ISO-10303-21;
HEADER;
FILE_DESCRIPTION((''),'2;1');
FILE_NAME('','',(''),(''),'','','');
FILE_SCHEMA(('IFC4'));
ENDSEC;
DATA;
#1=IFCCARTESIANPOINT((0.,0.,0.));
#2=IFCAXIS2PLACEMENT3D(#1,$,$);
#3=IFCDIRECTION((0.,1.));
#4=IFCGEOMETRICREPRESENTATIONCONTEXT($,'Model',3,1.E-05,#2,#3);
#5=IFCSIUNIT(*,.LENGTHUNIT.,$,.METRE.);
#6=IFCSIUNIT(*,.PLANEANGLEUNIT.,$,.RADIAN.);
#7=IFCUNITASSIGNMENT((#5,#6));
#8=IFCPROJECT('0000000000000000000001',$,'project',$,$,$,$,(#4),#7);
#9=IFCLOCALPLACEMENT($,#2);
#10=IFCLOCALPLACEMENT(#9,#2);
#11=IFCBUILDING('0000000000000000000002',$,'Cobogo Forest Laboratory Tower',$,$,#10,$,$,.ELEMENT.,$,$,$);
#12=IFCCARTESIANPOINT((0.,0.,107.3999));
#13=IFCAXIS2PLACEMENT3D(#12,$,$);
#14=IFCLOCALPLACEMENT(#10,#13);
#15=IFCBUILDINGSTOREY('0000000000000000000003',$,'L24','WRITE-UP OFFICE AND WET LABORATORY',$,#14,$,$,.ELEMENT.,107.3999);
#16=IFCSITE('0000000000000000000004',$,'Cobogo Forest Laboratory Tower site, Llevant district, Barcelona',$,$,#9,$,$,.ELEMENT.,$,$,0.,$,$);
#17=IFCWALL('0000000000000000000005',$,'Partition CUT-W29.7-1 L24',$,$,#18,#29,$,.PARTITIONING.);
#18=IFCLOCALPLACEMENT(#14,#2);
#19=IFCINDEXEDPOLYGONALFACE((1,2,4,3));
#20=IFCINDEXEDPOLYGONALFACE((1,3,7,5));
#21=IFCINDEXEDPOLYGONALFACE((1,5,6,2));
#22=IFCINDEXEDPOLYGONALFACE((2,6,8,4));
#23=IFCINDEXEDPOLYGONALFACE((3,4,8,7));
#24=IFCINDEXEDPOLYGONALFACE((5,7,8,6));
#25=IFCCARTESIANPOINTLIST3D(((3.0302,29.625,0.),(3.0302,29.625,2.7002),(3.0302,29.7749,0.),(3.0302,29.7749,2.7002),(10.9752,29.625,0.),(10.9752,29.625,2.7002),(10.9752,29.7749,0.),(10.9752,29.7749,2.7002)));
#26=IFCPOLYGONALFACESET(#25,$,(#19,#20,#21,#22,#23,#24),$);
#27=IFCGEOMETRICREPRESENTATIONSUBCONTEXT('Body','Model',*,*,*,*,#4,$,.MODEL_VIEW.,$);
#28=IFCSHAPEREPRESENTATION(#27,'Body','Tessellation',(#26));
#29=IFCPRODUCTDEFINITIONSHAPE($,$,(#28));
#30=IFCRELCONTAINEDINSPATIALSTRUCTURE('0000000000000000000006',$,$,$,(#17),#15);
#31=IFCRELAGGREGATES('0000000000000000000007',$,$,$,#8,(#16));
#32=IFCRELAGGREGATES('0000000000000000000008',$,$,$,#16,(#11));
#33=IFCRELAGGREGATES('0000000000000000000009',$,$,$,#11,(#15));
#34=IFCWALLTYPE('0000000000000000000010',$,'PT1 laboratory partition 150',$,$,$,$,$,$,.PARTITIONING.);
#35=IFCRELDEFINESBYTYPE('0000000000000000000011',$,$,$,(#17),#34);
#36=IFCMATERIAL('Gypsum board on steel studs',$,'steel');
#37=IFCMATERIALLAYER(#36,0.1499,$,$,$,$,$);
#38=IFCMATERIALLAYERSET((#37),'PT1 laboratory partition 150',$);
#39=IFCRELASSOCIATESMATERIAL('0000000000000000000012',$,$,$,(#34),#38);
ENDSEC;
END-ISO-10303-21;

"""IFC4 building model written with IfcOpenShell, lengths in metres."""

from ifc_helpers import new_model, si_unit, direction, frame, frame_2d, origin, place, context, subcontext, project, spatial, rectangle, extrude, material, layer, layer_set, type_object, element, save


model = new_model("IFC4")

# Units and contexts
model_context = context("Model", 3, precision=1e-05, world=origin(), true_north=direction((0.0, 1.0)))
body_context = subcontext(model_context, "Body", "Model", "MODEL_VIEW")
ifc_project = project(units=[si_unit("LENGTHUNIT", "METRE"), si_unit("PLANEANGLEUNIT", "RADIAN")], contexts=[model_context])

# Site, building, storey
site_placement = place(None, origin())
site = spatial("IfcSite", under=ifc_project, at=site_placement, Name="Cobogo Forest Laboratory Tower site, Llevant district, Barcelona", CompositionType="ELEMENT", RefElevation=0.0)
building_placement = place(site_placement, origin())
building = spatial("IfcBuilding", under=site, at=building_placement, Name="Cobogo Forest Laboratory Tower", CompositionType="ELEMENT")
storey_placement = place(building_placement, frame((0.0, 0.0, 107.3999)))
storey = spatial("IfcBuildingStorey", under=building, at=storey_placement, Name="L24", Description="WRITE-UP OFFICE AND WET LABORATORY", CompositionType="ELEMENT", Elevation=107.3999)

# Wall
ifc_material_1 = material(Name="Gypsum board on steel studs", Category="steel")
ifc_layer_1 = layer(ifc_material_1, 0.1499)
ifc_layer_set_1 = layer_set([ifc_layer_1], Name="PT1 laboratory partition 150")
wall_type = type_object("IfcWallType", Name="PT1 laboratory partition 150", PredefinedType="PARTITIONING", material=ifc_layer_set_1)
wall_placement = place(storey_placement, frame((3.03, 29.7, 0.0), z_axis=(0.0, 0.0, 1.0), x_axis=(1.0, 0.0, 0.0)))
element("IfcWall", 1, at=wall_placement, inside=storey, type_object=wall_type, Name="Partition CUT-W29.7-1 L24", PredefinedType="PARTITIONING", context=body_context, shape_type="SweptSolid", body=[
    extrude(rectangle(XDim=7.9451, YDim=0.1499, at=frame_2d((3.9727, 0.0))), origin(), (0.0, 0.0, 1.0), 2.7002),
])

save(model, "model.ifc")
